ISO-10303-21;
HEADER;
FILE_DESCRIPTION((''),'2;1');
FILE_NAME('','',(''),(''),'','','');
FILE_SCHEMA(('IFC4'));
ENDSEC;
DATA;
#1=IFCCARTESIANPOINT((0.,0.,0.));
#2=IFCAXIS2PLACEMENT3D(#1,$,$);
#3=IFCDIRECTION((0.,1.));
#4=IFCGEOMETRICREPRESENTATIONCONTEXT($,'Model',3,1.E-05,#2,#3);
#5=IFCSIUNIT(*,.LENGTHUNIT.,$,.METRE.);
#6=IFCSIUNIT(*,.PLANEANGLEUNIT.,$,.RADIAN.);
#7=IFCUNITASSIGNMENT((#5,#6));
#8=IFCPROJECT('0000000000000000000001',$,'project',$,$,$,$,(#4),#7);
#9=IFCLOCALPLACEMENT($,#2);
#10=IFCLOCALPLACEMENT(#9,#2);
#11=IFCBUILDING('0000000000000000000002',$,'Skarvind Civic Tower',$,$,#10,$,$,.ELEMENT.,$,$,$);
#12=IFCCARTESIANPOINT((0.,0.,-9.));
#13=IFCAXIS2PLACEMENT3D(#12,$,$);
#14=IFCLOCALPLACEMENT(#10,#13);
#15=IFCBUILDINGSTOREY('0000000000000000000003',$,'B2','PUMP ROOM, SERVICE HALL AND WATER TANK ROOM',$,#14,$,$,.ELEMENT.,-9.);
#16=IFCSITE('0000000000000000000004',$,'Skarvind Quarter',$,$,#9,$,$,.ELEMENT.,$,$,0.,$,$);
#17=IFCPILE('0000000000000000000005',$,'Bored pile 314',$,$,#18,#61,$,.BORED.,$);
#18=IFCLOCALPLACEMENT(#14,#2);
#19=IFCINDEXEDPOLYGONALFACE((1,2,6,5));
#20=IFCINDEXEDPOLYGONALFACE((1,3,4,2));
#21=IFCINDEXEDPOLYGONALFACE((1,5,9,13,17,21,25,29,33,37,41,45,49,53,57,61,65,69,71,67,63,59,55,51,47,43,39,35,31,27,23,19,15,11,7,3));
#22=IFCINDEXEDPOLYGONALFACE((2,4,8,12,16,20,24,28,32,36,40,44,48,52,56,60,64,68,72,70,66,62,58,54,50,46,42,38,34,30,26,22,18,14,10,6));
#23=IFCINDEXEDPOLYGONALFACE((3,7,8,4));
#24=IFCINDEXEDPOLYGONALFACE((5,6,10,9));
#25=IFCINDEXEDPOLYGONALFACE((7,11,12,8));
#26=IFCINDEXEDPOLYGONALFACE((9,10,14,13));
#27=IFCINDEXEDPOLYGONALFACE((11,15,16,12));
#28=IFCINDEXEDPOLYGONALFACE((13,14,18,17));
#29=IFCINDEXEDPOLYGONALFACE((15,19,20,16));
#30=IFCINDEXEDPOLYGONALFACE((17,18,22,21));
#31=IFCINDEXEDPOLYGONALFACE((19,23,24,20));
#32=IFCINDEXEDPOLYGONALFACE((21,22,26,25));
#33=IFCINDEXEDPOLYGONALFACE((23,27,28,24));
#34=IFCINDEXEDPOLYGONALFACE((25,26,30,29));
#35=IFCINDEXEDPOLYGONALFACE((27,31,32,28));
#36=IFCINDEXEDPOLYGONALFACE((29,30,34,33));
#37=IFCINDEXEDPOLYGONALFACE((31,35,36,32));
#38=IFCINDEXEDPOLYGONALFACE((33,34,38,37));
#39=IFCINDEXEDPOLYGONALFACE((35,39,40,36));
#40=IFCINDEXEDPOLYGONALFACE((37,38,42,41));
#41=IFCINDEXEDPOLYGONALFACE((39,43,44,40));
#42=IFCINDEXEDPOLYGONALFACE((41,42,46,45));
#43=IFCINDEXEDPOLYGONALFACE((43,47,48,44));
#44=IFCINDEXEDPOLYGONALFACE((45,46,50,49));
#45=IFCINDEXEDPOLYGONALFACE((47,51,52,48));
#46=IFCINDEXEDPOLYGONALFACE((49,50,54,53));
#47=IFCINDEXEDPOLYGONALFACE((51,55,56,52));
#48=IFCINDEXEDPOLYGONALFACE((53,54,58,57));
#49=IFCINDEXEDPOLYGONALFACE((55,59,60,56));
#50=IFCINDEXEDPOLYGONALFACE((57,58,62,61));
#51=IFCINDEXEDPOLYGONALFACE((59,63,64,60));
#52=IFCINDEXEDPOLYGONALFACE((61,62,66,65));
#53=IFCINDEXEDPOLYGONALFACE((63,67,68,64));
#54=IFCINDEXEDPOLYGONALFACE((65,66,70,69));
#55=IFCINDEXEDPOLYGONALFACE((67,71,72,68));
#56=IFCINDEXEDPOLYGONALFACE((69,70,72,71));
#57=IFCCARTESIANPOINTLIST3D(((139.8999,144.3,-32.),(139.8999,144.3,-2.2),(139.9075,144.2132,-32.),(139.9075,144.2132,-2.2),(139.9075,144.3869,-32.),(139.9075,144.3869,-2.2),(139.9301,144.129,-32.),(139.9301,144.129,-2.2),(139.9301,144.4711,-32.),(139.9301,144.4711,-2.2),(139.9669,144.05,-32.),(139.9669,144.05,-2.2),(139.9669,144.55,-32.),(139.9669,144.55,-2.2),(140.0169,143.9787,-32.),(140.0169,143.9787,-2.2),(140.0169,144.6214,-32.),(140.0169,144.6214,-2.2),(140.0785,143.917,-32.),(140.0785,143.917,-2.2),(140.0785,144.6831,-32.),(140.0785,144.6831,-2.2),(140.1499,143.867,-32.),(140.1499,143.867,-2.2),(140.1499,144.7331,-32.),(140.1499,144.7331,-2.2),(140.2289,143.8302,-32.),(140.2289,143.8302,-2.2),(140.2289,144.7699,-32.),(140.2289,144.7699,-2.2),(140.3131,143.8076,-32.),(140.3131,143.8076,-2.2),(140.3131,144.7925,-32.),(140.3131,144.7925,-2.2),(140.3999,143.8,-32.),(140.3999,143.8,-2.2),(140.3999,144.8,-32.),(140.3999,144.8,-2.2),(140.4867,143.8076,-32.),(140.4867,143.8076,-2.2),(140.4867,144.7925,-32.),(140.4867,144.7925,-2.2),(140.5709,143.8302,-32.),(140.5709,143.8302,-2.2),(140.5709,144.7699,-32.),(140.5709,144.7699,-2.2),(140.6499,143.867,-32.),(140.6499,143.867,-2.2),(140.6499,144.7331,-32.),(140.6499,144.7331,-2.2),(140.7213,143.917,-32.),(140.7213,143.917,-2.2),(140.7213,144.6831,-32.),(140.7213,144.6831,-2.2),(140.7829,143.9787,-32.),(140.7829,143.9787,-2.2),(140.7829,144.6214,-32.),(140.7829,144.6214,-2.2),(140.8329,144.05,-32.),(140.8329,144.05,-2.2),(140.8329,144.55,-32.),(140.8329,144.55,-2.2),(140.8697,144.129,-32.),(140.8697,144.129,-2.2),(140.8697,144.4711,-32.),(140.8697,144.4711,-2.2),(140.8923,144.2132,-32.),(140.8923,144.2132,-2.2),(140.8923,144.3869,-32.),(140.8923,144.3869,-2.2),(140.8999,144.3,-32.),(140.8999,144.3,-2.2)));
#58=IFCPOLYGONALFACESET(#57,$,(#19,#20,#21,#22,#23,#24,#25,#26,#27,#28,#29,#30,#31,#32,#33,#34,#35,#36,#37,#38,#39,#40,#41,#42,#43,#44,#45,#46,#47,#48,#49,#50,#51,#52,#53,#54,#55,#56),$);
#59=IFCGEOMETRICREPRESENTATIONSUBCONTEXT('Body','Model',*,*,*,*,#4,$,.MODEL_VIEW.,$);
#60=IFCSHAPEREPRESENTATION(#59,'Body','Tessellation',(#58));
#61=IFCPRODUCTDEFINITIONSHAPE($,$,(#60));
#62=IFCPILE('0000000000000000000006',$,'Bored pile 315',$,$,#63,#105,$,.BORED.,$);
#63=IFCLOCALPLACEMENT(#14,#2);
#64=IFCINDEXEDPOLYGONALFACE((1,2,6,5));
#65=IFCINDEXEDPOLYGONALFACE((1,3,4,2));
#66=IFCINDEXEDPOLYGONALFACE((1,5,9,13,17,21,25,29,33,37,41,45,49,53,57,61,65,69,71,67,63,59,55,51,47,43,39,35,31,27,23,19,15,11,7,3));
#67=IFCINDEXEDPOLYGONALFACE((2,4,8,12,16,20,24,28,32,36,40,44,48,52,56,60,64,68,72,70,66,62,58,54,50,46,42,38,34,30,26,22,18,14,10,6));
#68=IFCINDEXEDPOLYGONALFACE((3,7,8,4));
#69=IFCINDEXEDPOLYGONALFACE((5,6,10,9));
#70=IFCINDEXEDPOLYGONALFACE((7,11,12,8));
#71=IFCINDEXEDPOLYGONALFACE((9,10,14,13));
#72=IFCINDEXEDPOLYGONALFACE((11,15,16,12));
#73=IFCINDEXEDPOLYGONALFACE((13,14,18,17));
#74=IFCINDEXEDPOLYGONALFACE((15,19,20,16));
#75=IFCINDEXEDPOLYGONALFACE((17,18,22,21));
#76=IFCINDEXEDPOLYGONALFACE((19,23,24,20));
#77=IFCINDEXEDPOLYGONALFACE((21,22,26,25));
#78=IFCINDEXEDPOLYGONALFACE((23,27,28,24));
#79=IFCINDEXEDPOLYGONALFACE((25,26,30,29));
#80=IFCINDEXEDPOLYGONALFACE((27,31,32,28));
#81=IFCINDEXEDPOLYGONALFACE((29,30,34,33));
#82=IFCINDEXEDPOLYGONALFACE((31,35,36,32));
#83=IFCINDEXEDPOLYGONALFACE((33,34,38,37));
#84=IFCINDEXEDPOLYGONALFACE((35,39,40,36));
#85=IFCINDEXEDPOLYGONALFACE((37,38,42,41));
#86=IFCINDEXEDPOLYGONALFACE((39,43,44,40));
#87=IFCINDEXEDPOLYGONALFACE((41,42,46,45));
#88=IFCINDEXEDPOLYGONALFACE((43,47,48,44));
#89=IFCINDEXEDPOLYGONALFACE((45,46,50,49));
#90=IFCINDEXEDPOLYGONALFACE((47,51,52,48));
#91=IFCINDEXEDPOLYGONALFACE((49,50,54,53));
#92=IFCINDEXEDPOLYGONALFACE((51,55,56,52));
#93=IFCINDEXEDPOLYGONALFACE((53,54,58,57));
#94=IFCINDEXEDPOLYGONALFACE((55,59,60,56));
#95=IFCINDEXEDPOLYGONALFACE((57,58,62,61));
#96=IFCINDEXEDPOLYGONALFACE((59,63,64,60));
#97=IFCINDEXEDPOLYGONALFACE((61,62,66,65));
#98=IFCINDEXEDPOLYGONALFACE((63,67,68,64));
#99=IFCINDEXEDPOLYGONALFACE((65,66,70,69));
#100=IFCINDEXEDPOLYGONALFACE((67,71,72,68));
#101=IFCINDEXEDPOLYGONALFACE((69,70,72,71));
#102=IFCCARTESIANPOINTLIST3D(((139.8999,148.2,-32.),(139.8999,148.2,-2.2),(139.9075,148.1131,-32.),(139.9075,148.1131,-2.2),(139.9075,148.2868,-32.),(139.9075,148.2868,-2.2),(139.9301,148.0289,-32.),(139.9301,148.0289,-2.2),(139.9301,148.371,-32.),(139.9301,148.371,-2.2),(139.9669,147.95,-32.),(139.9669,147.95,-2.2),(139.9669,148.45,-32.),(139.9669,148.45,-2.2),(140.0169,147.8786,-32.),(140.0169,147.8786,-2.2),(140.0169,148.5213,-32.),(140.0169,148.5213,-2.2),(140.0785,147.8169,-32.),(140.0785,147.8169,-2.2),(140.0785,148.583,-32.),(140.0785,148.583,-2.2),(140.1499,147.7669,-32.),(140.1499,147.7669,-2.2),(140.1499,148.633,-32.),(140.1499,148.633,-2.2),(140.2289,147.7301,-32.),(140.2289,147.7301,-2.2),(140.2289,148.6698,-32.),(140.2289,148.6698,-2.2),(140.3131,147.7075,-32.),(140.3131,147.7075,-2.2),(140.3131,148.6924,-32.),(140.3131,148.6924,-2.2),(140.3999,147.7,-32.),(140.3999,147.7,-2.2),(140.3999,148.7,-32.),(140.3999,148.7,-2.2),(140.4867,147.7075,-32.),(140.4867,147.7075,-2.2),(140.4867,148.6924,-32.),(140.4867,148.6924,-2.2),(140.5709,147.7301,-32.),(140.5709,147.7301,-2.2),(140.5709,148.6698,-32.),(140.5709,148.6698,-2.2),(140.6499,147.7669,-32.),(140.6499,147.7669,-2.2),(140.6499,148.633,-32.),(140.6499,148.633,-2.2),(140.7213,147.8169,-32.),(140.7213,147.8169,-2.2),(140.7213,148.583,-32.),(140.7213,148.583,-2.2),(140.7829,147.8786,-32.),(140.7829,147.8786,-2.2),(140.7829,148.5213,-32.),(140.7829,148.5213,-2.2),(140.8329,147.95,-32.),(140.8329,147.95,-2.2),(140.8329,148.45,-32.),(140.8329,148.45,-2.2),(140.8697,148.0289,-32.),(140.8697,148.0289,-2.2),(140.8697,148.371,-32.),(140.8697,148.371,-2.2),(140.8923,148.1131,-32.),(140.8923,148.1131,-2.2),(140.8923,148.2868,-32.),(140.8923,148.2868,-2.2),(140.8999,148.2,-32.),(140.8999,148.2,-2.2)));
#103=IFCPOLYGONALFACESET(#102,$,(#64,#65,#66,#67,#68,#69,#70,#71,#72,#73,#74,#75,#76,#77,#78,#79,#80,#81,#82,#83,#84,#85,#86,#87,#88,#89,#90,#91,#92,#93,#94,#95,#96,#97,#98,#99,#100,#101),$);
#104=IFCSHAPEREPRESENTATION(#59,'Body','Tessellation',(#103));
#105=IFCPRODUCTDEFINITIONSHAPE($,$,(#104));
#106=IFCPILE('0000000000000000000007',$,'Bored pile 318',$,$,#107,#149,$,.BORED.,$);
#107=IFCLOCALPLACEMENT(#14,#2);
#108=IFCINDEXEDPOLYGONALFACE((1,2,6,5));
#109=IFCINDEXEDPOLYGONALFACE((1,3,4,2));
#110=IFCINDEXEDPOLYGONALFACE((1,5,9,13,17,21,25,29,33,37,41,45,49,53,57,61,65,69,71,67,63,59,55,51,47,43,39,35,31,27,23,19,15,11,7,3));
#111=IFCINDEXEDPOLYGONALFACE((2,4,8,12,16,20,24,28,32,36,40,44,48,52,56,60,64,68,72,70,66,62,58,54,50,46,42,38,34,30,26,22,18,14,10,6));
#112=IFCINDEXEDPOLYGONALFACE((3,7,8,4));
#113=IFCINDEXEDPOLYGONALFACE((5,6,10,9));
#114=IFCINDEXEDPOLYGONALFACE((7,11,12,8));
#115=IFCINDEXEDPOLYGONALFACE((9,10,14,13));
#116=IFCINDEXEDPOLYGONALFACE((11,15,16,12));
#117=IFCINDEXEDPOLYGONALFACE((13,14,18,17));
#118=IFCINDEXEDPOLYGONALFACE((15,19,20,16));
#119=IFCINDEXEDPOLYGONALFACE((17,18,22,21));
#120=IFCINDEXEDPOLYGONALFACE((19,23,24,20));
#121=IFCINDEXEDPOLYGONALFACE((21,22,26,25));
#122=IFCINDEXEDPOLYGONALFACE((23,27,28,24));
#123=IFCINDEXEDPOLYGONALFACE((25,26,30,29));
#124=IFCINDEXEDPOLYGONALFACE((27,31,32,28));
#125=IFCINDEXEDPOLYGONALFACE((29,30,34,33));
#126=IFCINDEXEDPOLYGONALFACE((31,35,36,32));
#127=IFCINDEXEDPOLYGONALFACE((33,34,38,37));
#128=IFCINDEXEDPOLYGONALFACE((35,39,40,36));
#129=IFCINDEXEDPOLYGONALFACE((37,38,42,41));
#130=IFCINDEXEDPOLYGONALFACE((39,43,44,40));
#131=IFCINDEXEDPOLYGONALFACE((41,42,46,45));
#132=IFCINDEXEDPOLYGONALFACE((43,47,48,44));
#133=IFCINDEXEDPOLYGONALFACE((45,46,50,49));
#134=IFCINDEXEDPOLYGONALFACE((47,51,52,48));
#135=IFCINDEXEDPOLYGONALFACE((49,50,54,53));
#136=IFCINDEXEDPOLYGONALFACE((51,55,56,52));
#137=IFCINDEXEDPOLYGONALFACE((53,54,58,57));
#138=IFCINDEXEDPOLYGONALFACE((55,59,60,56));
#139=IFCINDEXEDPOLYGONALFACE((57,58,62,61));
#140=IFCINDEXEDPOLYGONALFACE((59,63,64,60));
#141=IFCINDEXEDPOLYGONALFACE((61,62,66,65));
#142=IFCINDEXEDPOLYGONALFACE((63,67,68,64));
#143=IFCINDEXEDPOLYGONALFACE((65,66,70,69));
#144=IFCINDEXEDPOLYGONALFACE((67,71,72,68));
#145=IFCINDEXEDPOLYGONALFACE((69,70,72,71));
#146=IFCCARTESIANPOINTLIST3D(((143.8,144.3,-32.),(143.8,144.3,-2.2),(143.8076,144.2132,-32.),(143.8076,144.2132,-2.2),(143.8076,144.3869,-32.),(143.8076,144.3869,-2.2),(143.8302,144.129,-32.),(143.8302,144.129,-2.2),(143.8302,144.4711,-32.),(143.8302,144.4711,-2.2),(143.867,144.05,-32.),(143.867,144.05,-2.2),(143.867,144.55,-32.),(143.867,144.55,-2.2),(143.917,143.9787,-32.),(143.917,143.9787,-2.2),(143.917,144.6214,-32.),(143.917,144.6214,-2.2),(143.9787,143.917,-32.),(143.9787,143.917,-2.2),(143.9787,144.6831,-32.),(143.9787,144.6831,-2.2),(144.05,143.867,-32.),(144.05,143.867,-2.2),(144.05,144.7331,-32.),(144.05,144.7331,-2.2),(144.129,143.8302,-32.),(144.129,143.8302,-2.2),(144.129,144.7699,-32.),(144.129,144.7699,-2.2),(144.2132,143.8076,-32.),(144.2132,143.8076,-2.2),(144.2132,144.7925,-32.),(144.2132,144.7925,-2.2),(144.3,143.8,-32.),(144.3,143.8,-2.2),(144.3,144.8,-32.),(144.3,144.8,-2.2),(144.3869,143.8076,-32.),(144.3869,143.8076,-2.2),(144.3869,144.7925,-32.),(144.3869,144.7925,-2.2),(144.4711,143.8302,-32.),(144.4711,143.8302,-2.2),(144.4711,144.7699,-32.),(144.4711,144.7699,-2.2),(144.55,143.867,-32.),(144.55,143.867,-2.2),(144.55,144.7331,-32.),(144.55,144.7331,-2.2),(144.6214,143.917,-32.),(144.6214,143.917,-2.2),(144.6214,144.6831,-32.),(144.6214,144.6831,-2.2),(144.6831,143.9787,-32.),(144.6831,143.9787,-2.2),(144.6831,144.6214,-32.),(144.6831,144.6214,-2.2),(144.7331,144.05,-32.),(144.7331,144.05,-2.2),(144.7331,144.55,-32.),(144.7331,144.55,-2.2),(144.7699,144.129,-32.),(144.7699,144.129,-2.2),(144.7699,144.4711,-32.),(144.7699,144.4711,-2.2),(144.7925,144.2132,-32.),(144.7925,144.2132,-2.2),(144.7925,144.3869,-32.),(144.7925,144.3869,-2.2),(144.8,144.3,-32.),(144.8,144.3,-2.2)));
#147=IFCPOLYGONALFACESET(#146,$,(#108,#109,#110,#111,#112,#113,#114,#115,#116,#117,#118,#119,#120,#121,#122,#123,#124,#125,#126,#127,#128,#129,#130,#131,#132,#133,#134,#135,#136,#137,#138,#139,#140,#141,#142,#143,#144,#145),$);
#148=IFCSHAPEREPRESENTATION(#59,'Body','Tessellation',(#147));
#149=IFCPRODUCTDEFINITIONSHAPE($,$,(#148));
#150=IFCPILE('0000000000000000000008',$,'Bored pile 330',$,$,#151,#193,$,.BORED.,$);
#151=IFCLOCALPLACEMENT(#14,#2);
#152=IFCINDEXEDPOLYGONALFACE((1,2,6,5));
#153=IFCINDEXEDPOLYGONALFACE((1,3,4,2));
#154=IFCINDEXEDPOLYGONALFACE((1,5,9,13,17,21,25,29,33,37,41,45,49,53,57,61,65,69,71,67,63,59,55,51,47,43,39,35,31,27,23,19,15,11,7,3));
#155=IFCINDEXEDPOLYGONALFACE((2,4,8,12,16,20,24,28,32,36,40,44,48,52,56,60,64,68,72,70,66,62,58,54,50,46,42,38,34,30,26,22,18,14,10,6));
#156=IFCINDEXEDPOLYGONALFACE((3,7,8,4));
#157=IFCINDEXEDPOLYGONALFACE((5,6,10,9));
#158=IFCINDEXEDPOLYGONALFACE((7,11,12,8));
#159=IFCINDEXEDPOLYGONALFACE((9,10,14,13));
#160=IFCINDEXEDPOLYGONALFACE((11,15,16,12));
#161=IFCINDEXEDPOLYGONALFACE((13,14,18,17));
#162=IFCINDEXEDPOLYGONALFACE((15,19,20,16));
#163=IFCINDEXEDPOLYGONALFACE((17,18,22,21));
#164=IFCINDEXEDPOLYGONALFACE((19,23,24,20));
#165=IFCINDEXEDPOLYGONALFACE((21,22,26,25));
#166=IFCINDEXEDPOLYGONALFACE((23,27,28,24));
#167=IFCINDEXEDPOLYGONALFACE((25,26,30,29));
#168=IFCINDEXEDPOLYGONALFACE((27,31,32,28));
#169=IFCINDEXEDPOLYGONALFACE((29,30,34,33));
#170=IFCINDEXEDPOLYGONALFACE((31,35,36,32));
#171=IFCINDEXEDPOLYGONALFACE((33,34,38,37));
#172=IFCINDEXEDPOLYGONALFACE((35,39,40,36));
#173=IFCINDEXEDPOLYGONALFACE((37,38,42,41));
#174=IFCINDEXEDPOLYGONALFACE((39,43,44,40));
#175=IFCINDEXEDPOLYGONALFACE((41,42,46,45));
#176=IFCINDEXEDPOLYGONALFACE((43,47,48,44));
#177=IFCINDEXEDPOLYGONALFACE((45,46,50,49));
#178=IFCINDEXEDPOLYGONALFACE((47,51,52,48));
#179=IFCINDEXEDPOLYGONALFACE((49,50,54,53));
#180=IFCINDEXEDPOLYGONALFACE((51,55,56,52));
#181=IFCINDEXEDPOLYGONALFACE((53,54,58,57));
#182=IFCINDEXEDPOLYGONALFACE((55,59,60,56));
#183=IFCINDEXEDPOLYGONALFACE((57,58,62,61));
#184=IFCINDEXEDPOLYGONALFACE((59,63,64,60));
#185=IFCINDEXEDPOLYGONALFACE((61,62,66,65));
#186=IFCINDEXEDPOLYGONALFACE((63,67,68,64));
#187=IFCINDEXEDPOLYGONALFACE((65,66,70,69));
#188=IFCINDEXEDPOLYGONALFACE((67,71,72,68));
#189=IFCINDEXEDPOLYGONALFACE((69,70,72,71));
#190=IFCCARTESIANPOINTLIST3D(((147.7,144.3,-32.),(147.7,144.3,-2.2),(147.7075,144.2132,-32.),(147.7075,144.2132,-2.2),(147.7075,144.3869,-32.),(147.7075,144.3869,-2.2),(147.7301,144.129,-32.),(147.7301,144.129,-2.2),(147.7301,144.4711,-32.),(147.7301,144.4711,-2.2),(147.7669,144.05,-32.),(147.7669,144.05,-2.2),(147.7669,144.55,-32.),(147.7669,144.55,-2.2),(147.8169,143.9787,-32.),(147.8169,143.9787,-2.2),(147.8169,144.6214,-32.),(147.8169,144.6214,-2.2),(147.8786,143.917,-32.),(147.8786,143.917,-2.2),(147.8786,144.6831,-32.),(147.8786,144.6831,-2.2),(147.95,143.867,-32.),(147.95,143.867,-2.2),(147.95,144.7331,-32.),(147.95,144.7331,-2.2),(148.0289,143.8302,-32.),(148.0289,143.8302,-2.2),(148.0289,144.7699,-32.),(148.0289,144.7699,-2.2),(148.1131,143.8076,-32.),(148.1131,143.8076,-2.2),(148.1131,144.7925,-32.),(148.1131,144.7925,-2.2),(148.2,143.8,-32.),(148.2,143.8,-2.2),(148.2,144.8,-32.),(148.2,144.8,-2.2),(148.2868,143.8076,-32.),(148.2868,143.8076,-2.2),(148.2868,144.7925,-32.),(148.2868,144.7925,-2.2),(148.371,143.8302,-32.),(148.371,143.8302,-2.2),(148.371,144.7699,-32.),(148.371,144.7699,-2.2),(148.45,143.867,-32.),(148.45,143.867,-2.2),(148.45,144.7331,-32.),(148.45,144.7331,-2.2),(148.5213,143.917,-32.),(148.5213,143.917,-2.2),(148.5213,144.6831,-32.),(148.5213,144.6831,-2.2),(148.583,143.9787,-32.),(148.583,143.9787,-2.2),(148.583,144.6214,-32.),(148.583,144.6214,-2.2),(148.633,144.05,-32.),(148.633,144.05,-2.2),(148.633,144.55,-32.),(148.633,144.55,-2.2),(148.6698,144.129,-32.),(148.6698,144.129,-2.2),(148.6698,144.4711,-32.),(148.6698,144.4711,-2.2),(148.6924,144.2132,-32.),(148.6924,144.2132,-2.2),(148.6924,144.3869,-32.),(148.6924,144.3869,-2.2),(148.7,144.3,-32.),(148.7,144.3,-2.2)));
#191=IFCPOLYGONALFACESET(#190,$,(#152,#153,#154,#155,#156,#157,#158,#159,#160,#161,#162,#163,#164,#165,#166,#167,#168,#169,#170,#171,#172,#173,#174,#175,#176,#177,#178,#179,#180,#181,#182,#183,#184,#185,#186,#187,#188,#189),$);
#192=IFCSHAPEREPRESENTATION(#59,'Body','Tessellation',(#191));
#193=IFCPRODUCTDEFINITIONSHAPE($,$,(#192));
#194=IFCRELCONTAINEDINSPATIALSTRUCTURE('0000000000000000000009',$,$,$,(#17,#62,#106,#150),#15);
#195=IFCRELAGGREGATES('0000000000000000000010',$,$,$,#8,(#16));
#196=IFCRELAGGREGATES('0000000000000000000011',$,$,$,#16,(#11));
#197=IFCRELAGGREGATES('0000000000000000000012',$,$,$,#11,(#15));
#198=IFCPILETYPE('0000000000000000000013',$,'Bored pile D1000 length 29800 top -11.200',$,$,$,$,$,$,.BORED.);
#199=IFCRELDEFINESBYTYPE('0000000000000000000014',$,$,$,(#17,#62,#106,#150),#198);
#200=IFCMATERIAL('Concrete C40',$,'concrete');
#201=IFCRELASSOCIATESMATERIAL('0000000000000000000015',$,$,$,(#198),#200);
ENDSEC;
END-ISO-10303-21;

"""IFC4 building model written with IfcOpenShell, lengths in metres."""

from ifc_helpers import new_model, si_unit, direction, frame, origin, origin_2d, place, context, subcontext, project, spatial, circle, extrude, material, type_object, element, save


model = new_model("IFC4")

# Units and contexts
model_context = context("Model", 3, precision=1e-05, world=origin(), true_north=direction((0.0, 1.0)))
body_context = subcontext(model_context, "Body", "Model", "MODEL_VIEW")
ifc_project = project(units=[si_unit("LENGTHUNIT", "METRE"), si_unit("PLANEANGLEUNIT", "RADIAN")], contexts=[model_context])

# Site, building, storey
site_placement = place(None, origin())
site = spatial("IfcSite", under=ifc_project, at=site_placement, Name="Skarvind Quarter", CompositionType="ELEMENT", RefElevation=0.0)
building_placement = place(site_placement, origin())
building = spatial("IfcBuilding", under=site, at=building_placement, Name="Skarvind Civic Tower", CompositionType="ELEMENT")
storey_placement = place(building_placement, frame((0.0, 0.0, -9.0)))
storey = spatial("IfcBuildingStorey", under=building, at=storey_placement, Name="B2", Description="PUMP ROOM, SERVICE HALL AND WATER TANK ROOM", CompositionType="ELEMENT", Elevation=-9.0)

# Piles
ifc_material_1 = material(Name="Concrete C40", Category="concrete")
pile_type_1 = type_object("IfcPileType", Name="Bored pile D1000 length 29800 top -11.200", PredefinedType="BORED", material=ifc_material_1)
for number, where, z_axis, x_axis, name in (
    (1, (140.3999, 144.3, -2.2), (0.0, 0.0, -1.0), (1.0, 0.0, 0.0), "Bored pile 314"),
    (2, (140.3999, 148.2, -2.2), (0.0, 0.0, -1.0), (1.0, 0.0, 0.0), "Bored pile 315"),
    (3, (144.3, 144.3, -2.2), (0.0, 0.0, -1.0), (1.0, 0.0, 0.0), "Bored pile 318"),
    (4, (148.2, 144.3, -2.2), (0.0, 0.0, -1.0), (1.0, 0.0, 0.0), "Bored pile 330"),
):
    element("IfcPile", number, at=place(storey_placement, frame(where, z_axis=z_axis, x_axis=x_axis)), inside=storey, type_object=pile_type_1, Name=name, PredefinedType="BORED", context=body_context, shape_type="SweptSolid", body=[
        extrude(circle(Radius=0.5, at=origin_2d()), origin(), (0.0, 0.0, 1.0), 29.8),
    ])

save(model, "model.ifc")
